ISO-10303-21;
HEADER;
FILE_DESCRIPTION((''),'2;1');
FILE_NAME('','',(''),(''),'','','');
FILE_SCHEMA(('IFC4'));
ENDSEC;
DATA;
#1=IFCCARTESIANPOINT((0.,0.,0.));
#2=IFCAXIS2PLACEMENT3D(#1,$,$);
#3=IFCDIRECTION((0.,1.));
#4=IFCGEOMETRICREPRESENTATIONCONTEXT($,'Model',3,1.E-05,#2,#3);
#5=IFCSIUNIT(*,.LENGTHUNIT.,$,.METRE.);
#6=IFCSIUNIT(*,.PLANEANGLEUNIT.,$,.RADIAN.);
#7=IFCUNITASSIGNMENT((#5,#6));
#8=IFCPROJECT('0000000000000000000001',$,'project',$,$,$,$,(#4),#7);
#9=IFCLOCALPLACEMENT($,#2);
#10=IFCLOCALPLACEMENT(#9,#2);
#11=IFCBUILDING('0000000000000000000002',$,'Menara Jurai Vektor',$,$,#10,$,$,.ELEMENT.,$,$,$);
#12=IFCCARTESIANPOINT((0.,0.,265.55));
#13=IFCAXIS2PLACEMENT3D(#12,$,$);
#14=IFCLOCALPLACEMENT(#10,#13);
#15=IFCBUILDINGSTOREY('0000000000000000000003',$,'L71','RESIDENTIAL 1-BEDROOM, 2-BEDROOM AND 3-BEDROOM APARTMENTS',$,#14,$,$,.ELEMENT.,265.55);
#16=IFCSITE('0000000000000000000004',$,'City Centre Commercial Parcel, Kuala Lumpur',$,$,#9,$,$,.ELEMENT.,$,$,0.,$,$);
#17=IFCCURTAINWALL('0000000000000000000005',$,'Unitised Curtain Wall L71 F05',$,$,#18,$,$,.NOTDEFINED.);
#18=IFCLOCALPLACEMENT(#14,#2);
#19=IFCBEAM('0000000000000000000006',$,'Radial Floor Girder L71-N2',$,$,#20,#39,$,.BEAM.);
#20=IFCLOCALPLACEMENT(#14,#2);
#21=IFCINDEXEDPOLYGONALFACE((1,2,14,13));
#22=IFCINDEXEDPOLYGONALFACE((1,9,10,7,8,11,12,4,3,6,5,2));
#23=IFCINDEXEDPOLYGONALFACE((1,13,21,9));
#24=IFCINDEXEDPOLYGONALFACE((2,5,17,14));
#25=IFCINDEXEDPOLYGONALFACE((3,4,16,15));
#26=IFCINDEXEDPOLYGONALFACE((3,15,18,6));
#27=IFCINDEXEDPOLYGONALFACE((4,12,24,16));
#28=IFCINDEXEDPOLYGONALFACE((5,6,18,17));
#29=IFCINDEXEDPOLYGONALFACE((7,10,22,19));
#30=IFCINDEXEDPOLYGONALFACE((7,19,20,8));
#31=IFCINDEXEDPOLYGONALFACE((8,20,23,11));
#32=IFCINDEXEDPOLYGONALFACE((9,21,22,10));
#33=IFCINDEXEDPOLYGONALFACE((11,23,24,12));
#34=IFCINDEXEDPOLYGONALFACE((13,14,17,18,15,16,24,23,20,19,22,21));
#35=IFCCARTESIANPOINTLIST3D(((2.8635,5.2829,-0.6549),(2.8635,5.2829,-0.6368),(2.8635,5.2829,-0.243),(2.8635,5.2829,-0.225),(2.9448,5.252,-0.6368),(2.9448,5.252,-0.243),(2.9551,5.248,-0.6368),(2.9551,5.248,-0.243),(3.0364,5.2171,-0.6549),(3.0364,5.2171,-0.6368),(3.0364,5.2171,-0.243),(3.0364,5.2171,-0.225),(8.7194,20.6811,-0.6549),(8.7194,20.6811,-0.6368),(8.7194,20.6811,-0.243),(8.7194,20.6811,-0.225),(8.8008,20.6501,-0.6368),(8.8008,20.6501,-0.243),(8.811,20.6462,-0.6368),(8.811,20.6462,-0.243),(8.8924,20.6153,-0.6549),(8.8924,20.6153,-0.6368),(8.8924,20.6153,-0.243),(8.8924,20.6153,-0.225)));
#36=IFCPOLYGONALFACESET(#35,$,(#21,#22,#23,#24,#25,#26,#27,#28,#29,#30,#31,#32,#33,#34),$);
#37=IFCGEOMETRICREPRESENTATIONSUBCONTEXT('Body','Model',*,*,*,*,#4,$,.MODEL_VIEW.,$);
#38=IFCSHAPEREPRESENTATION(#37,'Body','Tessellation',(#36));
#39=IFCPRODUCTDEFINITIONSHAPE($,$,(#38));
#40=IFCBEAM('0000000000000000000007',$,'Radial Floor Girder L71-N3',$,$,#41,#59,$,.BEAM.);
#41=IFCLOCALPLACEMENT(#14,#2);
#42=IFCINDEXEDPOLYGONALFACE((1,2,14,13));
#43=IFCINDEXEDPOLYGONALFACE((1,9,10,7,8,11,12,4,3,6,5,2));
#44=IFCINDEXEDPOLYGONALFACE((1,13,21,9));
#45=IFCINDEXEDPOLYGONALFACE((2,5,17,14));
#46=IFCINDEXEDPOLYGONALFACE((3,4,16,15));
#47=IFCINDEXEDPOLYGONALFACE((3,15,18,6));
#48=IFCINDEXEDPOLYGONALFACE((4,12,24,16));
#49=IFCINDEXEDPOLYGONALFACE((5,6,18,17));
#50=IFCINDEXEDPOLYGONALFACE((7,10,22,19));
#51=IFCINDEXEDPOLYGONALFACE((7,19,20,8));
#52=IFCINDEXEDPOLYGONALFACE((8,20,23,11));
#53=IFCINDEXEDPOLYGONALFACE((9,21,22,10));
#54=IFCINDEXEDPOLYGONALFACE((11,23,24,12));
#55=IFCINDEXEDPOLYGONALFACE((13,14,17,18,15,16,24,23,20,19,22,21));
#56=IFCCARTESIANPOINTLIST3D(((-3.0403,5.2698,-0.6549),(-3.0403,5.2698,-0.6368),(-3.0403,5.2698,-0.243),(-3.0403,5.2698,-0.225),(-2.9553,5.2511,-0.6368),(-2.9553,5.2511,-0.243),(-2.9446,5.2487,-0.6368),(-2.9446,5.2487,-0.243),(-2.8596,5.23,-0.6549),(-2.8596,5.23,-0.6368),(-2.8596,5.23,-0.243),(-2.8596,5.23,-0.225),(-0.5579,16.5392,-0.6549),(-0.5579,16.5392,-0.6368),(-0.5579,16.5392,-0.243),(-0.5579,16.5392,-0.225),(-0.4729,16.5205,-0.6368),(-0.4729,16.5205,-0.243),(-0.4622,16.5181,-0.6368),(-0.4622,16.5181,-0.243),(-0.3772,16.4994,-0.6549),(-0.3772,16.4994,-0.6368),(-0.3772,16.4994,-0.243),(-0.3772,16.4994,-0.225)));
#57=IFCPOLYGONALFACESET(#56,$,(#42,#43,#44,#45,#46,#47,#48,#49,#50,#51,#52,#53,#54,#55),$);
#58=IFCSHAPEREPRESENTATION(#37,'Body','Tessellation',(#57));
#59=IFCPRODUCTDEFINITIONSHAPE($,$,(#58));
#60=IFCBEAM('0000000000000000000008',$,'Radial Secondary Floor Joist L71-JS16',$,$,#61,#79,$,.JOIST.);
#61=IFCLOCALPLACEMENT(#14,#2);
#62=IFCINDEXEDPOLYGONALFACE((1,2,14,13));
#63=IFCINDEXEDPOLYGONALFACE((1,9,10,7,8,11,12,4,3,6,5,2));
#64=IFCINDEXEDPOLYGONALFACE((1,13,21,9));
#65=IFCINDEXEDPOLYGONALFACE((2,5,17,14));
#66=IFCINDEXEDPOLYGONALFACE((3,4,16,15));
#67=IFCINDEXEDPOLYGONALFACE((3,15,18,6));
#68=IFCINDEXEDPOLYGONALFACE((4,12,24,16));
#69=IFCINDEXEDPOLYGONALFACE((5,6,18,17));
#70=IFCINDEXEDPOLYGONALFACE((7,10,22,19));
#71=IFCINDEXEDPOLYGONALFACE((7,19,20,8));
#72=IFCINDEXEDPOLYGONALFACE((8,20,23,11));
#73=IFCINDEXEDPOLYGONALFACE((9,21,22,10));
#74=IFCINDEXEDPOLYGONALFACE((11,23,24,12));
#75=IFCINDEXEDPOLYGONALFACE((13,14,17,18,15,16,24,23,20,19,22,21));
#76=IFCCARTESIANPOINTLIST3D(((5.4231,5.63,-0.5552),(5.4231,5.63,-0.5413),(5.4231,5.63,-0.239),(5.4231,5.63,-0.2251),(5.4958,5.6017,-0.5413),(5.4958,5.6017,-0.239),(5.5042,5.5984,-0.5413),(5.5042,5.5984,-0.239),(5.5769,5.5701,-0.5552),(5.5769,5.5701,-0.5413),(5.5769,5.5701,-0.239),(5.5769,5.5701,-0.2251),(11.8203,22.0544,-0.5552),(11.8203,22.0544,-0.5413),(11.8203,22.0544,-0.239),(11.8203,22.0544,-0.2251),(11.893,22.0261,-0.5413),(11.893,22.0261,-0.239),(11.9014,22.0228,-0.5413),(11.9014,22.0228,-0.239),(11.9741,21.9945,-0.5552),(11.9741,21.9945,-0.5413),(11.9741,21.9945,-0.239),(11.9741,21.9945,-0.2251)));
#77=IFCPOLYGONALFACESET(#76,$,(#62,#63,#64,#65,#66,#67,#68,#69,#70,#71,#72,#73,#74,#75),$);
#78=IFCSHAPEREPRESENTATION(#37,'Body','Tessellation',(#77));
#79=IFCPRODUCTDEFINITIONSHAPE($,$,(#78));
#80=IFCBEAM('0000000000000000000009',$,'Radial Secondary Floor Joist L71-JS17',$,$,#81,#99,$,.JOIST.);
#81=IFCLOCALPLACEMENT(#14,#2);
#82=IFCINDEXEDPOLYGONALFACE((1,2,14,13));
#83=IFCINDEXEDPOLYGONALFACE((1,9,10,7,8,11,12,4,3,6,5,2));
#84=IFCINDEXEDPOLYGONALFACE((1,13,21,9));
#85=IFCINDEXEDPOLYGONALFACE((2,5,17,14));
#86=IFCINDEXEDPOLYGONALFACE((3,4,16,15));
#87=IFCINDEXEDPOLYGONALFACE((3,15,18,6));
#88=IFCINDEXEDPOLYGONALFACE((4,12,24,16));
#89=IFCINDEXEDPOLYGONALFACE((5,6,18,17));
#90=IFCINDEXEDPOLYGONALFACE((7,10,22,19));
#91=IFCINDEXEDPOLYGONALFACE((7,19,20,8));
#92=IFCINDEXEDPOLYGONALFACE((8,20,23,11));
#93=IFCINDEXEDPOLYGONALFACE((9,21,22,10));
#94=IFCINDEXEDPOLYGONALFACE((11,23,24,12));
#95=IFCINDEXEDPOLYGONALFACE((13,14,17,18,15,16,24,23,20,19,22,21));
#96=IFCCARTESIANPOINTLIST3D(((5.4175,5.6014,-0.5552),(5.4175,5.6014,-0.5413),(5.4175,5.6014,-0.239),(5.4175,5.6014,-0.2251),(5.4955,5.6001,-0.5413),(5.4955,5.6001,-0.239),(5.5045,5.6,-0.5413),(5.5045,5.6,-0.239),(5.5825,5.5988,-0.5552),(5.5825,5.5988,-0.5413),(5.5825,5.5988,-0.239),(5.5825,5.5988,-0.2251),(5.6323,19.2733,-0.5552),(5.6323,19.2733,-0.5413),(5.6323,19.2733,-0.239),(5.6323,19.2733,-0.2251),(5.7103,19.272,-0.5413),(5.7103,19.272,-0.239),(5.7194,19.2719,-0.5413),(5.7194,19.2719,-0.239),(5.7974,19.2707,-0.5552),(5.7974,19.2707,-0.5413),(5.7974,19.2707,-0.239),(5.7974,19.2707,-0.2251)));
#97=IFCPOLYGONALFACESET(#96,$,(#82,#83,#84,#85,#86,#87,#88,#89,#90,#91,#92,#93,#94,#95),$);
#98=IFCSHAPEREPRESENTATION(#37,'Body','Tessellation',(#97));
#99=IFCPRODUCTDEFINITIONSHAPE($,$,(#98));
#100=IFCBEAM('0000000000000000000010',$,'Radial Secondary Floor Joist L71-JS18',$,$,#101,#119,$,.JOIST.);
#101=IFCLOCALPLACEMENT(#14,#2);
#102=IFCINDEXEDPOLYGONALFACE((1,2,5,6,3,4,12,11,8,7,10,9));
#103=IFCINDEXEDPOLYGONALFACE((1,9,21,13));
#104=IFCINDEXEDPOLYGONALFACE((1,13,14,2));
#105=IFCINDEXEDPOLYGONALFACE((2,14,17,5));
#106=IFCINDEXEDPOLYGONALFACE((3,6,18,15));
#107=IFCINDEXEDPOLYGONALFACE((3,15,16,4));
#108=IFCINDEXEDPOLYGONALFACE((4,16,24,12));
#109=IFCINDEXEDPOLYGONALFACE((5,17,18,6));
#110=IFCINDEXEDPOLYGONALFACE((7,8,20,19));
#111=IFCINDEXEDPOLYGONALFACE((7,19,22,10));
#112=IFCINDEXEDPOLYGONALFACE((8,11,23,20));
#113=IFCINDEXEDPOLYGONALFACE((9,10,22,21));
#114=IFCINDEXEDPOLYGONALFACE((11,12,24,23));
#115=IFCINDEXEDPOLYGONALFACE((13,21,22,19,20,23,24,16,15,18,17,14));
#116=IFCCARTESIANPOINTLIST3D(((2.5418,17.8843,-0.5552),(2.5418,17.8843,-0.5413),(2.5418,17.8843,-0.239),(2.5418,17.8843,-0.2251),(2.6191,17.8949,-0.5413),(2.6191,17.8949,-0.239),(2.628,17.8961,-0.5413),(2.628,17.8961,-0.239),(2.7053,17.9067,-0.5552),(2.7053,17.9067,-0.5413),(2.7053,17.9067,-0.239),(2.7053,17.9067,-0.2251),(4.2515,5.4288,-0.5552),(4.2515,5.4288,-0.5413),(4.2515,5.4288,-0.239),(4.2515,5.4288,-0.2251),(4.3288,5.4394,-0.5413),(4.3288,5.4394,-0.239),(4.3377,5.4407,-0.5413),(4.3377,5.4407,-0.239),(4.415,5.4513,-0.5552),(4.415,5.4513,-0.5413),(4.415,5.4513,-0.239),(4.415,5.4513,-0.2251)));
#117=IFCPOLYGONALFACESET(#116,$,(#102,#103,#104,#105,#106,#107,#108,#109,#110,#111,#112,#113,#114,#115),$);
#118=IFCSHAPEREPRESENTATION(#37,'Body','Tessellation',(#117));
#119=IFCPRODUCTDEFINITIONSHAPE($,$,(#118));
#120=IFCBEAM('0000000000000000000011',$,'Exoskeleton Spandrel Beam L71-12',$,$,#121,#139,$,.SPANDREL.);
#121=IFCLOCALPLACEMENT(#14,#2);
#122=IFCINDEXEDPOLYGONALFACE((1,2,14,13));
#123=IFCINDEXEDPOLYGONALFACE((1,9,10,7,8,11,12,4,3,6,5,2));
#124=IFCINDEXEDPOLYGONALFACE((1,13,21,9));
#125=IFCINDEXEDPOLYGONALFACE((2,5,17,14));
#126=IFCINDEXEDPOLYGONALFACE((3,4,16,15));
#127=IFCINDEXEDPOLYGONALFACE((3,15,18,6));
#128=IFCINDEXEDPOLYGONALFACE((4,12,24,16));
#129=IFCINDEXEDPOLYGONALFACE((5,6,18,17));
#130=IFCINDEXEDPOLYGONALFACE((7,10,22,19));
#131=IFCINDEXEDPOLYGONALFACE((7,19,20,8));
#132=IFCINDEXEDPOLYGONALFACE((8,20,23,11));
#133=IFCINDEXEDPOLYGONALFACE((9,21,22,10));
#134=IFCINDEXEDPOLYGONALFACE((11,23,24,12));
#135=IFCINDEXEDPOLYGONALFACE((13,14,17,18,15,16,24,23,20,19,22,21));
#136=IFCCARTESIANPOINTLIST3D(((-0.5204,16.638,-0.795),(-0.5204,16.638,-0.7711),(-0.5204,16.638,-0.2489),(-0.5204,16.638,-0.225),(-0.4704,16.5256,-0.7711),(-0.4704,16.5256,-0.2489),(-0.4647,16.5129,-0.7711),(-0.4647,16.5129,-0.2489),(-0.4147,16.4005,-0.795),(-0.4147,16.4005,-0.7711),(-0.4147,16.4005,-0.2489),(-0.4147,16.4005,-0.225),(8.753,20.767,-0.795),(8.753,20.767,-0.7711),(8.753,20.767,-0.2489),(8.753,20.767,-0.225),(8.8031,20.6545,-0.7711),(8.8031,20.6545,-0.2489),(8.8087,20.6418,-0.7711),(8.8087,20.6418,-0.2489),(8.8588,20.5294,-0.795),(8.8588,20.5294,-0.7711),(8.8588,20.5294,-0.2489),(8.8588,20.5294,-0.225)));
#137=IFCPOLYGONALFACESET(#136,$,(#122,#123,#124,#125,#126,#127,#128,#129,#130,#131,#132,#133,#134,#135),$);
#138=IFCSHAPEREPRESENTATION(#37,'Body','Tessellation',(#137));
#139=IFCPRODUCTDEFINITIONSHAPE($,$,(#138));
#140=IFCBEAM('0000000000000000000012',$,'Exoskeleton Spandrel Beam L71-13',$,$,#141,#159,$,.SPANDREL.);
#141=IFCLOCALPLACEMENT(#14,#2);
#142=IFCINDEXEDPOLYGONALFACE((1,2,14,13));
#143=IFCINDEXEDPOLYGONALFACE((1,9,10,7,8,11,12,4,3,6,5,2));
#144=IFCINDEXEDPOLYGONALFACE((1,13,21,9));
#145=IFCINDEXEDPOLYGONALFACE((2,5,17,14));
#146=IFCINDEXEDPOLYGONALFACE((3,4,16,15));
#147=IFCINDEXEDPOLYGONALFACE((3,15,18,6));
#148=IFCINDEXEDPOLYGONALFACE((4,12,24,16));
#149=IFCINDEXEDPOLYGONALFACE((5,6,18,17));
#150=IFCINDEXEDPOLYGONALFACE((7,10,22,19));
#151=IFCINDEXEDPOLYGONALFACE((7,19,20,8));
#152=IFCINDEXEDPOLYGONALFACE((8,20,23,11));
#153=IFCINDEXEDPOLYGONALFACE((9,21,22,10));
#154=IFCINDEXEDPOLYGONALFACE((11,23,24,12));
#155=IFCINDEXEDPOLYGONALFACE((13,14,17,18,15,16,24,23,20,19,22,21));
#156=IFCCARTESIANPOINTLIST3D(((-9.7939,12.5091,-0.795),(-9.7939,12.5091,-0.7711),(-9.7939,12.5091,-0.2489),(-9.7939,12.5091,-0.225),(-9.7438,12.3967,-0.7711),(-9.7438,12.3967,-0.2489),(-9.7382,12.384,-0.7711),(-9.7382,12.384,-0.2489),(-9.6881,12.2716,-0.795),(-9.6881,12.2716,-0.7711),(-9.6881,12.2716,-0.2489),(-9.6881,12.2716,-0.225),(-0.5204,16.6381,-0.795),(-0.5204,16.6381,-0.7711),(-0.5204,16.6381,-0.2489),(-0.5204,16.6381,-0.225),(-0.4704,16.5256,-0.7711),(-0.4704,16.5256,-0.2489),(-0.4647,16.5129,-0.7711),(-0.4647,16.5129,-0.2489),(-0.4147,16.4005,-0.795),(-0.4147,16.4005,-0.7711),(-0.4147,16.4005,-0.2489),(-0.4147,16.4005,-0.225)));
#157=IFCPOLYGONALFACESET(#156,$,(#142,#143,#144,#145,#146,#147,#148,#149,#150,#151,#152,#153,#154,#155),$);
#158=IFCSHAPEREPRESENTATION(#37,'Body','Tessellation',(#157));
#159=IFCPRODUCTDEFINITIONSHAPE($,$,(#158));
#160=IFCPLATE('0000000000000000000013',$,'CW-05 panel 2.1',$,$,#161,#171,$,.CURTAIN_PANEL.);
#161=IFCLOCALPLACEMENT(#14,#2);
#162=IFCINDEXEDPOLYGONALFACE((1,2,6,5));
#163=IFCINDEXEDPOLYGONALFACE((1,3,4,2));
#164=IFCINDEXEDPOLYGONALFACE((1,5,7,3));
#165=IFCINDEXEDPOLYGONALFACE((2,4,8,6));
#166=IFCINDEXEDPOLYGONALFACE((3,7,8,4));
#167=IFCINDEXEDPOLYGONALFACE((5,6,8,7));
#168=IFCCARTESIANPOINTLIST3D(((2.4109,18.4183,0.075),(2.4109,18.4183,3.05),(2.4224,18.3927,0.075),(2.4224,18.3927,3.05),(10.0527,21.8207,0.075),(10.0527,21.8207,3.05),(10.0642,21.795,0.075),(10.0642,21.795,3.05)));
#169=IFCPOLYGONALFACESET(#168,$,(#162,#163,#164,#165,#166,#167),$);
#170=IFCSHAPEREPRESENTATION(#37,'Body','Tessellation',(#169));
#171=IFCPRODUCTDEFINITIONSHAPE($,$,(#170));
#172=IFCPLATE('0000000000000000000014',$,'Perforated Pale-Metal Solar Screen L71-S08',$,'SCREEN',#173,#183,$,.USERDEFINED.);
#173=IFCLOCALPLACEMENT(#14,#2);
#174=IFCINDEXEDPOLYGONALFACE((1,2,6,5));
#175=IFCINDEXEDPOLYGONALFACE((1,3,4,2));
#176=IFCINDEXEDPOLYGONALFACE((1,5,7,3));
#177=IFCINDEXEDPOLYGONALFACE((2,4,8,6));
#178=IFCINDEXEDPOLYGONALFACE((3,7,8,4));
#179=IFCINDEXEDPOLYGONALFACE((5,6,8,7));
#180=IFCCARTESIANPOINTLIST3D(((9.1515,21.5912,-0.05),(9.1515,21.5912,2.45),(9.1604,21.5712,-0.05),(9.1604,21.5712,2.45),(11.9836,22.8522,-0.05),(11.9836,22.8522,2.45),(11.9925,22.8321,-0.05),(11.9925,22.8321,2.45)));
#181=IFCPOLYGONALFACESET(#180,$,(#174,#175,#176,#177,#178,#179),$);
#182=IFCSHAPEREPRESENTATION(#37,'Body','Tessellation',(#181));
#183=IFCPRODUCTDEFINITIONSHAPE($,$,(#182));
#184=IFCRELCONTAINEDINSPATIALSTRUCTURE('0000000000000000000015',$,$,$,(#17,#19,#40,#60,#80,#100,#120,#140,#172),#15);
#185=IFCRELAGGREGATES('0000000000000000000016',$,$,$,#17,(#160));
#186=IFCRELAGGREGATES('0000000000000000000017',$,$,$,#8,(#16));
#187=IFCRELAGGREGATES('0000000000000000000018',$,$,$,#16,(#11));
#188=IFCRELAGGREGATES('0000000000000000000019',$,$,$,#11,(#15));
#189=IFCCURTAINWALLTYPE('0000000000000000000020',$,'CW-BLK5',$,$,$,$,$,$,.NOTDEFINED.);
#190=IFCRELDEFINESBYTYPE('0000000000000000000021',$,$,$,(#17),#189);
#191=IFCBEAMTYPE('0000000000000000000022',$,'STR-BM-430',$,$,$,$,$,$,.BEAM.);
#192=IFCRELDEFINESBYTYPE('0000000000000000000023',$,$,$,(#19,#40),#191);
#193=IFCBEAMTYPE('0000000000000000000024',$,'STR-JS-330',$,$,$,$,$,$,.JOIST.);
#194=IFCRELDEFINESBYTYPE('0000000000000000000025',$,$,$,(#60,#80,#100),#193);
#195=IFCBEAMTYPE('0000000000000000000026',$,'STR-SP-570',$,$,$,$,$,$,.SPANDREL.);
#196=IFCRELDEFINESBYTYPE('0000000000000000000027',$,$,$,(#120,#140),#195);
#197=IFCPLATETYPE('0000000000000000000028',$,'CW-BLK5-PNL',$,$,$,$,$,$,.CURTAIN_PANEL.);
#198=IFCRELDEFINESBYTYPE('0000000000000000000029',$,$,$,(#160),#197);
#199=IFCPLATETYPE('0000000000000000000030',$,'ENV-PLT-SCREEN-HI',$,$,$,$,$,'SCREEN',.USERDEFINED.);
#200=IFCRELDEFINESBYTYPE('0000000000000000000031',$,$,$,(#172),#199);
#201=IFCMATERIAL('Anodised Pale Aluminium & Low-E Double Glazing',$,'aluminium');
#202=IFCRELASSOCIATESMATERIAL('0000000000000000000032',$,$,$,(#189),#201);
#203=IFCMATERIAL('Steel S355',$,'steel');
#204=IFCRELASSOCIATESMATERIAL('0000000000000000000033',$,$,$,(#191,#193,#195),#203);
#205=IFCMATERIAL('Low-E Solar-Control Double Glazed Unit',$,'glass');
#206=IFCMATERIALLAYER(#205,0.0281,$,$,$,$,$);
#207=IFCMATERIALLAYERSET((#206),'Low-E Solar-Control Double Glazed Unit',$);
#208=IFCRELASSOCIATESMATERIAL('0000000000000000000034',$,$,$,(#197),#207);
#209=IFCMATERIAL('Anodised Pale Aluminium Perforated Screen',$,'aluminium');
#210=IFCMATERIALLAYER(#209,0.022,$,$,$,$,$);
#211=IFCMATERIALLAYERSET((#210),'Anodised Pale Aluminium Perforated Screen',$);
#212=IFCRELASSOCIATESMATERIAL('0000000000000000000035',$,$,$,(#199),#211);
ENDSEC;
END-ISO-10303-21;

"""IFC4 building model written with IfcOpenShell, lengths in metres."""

from ifc_helpers import new_model, si_unit, direction, frame, origin, origin_2d, place, context, subcontext, project, spatial, rectangle, i_section, extrude, material, layer, layer_set, material_profile, profile_set, type_object, element, aggregate, save


model = new_model("IFC4")

# Units and contexts
model_context = context("Model", 3, precision=1e-05, world=origin(), true_north=direction((0.0, 1.0)))
body_context = subcontext(model_context, "Body", "Model", "MODEL_VIEW")
ifc_project = project(units=[si_unit("LENGTHUNIT", "METRE"), si_unit("PLANEANGLEUNIT", "RADIAN")], contexts=[model_context])

# Site, building, storey
site_placement = place(None, origin())
site = spatial("IfcSite", under=ifc_project, at=site_placement, Name="City Centre Commercial Parcel, Kuala Lumpur", CompositionType="ELEMENT", RefElevation=0.0)
building_placement = place(site_placement, origin())
building = spatial("IfcBuilding", under=site, at=building_placement, Name="Menara Jurai Vektor", CompositionType="ELEMENT")
storey_placement = place(building_placement, frame((0.0, 0.0, 265.55)))
storey = spatial("IfcBuildingStorey", under=building, at=storey_placement, Name="L71", Description="RESIDENTIAL 1-BEDROOM, 2-BEDROOM AND 3-BEDROOM APARTMENTS", CompositionType="ELEMENT", Elevation=265.55)

# Curtain wall
ifc_material_1 = material(Name="Anodised Pale Aluminium & Low-E Double Glazing", Category="aluminium")
curtain_wall_type = type_object("IfcCurtainWallType", Name="CW-BLK5", PredefinedType="NOTDEFINED", material=ifc_material_1)
curtain_wall_placement = place(storey_placement, origin())
curtain_wall = element("IfcCurtainWall", 1, at=curtain_wall_placement, inside=storey, type_object=curtain_wall_type, Name="Unitised Curtain Wall L71 F05", PredefinedType="NOTDEFINED")

# Beams
ifc_material_2 = material(Name="Steel S355", Category="steel")
ifc_material_profile_1 = material_profile(ifc_material_2, i_section(OverallWidth=0.1851, OverallDepth=0.4299, WebThickness=0.011, FlangeThickness=0.0181, at=origin_2d()), Name="PG 430x185x76")
ifc_profile_set_1 = profile_set([ifc_material_profile_1], Name="Steel S355")
beam_type_1 = type_object("IfcBeamType", Name="STR-BM-430", PredefinedType="BEAM", material=ifc_profile_set_1)
beam_1_placement = place(storey_placement, frame((8.8059, 20.6482, -0.4399), z_axis=(-0.355464, -0.93469, 0.0), x_axis=(0.93469, -0.355464, 0.0)))
element("IfcBeam", 2, at=beam_1_placement, inside=storey, type_object=beam_type_1, Name="Radial Floor Girder L71-N2", PredefinedType="BEAM", context=body_context, shape_type="SweptSolid", body=[
    extrude(i_section(OverallWidth=0.1851, OverallDepth=0.4299, WebThickness=0.011, FlangeThickness=0.0181, at=origin_2d()), origin(), (0.0, 0.0, 1.0), 16.4741),
])
beam_2_placement = place(storey_placement, frame((-0.4675, 16.5193, -0.4399), z_axis=(-0.215125, -0.976587, 0.0), x_axis=(0.976587, -0.215125, 0.0)))
element("IfcBeam", 3, at=beam_2_placement, inside=storey, type_object=beam_type_1, Name="Radial Floor Girder L71-N3", PredefinedType="BEAM", context=body_context, shape_type="SweptSolid", body=[
    extrude(i_section(OverallWidth=0.1851, OverallDepth=0.4299, WebThickness=0.011, FlangeThickness=0.0181, at=origin_2d()), origin(), (0.0, 0.0, 1.0), 11.5396),
])
ifc_material_profile_2 = material_profile(ifc_material_2, i_section(OverallWidth=0.165, OverallDepth=0.3301, WebThickness=0.009, FlangeThickness=0.0139, at=origin_2d()), Name="PG 330x165x46")
ifc_profile_set_2 = profile_set([ifc_material_profile_2], Name="Steel S355")
beam_type_2 = type_object("IfcBeamType", Name="STR-JS-330", PredefinedType="JOIST", material=ifc_profile_set_2)
beam_3_placement = place(storey_placement, frame((11.8972, 22.0244, -0.3901), z_axis=(-0.362938, -0.931813, 0.0), x_axis=(0.931813, -0.362938, 0.0)))
element("IfcBeam", 4, at=beam_3_placement, inside=storey, type_object=beam_type_2, Name="Radial Secondary Floor Joist L71-JS16", PredefinedType="JOIST", context=body_context, shape_type="SweptSolid", body=[
    extrude(i_section(OverallWidth=0.165, OverallDepth=0.3301, WebThickness=0.009, FlangeThickness=0.0139, at=origin_2d()), origin(), (0.0, 0.0, 1.0), 17.6262),
])
beam_4_placement = place(storey_placement, frame((5.7148, 19.272, -0.3901), z_axis=(-0.015712, -0.999877, 0.0), x_axis=(0.999877, -0.015712, 0.0)))
element("IfcBeam", 5, at=beam_4_placement, inside=storey, type_object=beam_type_2, Name="Radial Secondary Floor Joist L71-JS17", PredefinedType="JOIST", context=body_context, shape_type="SweptSolid", body=[
    extrude(i_section(OverallWidth=0.165, OverallDepth=0.3301, WebThickness=0.009, FlangeThickness=0.0139, at=origin_2d()), origin(), (0.0, 0.0, 1.0), 13.6736),
])
beam_5_placement = place(storey_placement, frame((2.6235, 17.8955, -0.3901), z_axis=(0.13599, -0.99071, 0.0), x_axis=(0.99071, 0.13599, 0.0)))
element("IfcBeam", 6, at=beam_5_placement, inside=storey, type_object=beam_type_2, Name="Radial Secondary Floor Joist L71-JS18", PredefinedType="JOIST", context=body_context, shape_type="SweptSolid", body=[
    extrude(i_section(OverallWidth=0.165, OverallDepth=0.3301, WebThickness=0.009, FlangeThickness=0.0139, at=origin_2d()), origin(), (0.0, 0.0, 1.0), 12.5723),
])
ifc_material_profile_3 = material_profile(ifc_material_2, i_section(OverallWidth=0.26, OverallDepth=0.5701, WebThickness=0.0139, FlangeThickness=0.0239, at=origin_2d()), Name="PG 570x260x145")
ifc_profile_set_3 = profile_set([ifc_material_profile_3], Name="Steel S355")
beam_type_3 = type_object("IfcBeamType", Name="STR-SP-570", PredefinedType="SPANDREL", material=ifc_profile_set_3)
for number, where, z_axis, x_axis, name in (
    (7, (8.8059, 20.6482, -0.51), (-0.913542, -0.406745, 0.0), (0.406745, -0.913542, 0.0), "Exoskeleton Spandrel Beam L71-12"),
    (8, (-0.4675, 16.5193, -0.51), (-0.913542, -0.406745, 0.0), (0.406745, -0.913542, 0.0), "Exoskeleton Spandrel Beam L71-13"),
):
    element("IfcBeam", number, at=place(storey_placement, frame(where, z_axis=z_axis, x_axis=x_axis)), inside=storey, type_object=beam_type_3, Name=name, PredefinedType="SPANDREL", context=body_context, shape_type="SweptSolid", body=[
        extrude(i_section(OverallWidth=0.26, OverallDepth=0.5701, WebThickness=0.0139, FlangeThickness=0.0239, at=origin_2d()), origin(), (0.0, 0.0, 1.0), 10.1511),
    ])

# Plates
ifc_material_3 = material(Name="Low-E Solar-Control Double Glazed Unit", Category="glass")
ifc_layer_1 = layer(ifc_material_3, 0.0281)
ifc_layer_set_1 = layer_set([ifc_layer_1], Name="Low-E Solar-Control Double Glazed Unit")
plate_type_1 = type_object("IfcPlateType", Name="CW-BLK5-PNL", PredefinedType="CURTAIN_PANEL", material=ifc_layer_set_1)
plate_1_placement = place(storey_placement, frame((6.2375, 20.1067, 0.075), z_axis=(0.0, 0.0, 1.0), x_axis=(-0.913546, -0.406735, 0.0)))
plate_1 = element("IfcPlate", 9, at=plate_1_placement, type_object=plate_type_1, Name="CW-05 panel 2.1", PredefinedType="CURTAIN_PANEL", context=body_context, shape_type="SweptSolid", body=[
    extrude(rectangle(XDim=8.365, YDim=0.0281, at=origin_2d()), origin(), (0.0, 0.0, 1.0), 2.9751),
])
aggregate(curtain_wall, [plate_1])
ifc_material_4 = material(Name="Anodised Pale Aluminium Perforated Screen", Category="aluminium")
ifc_layer_2 = layer(ifc_material_4, 0.022)
ifc_layer_set_2 = layer_set([ifc_layer_2], Name="Anodised Pale Aluminium Perforated Screen")
plate_type_2 = type_object("IfcPlateType", Name="ENV-PLT-SCREEN-HI", ElementType="SCREEN", PredefinedType="USERDEFINED", material=ifc_layer_set_2)
plate_2_placement = place(storey_placement, frame((10.572, 22.2117, -0.05), z_axis=(0.0, 0.0, 1.0), x_axis=(-0.913545, -0.406737, 0.0)))
element("IfcPlate", 10, at=plate_2_placement, inside=storey, type_object=plate_type_2, Name="Perforated Pale-Metal Solar Screen L71-S08", ObjectType="SCREEN", PredefinedType="USERDEFINED", context=body_context, shape_type="SweptSolid", body=[
    extrude(rectangle(XDim=3.1001, YDim=0.022, at=origin_2d()), origin(), (0.0, 0.0, 1.0), 2.5),
])

save(model, "model.ifc")
